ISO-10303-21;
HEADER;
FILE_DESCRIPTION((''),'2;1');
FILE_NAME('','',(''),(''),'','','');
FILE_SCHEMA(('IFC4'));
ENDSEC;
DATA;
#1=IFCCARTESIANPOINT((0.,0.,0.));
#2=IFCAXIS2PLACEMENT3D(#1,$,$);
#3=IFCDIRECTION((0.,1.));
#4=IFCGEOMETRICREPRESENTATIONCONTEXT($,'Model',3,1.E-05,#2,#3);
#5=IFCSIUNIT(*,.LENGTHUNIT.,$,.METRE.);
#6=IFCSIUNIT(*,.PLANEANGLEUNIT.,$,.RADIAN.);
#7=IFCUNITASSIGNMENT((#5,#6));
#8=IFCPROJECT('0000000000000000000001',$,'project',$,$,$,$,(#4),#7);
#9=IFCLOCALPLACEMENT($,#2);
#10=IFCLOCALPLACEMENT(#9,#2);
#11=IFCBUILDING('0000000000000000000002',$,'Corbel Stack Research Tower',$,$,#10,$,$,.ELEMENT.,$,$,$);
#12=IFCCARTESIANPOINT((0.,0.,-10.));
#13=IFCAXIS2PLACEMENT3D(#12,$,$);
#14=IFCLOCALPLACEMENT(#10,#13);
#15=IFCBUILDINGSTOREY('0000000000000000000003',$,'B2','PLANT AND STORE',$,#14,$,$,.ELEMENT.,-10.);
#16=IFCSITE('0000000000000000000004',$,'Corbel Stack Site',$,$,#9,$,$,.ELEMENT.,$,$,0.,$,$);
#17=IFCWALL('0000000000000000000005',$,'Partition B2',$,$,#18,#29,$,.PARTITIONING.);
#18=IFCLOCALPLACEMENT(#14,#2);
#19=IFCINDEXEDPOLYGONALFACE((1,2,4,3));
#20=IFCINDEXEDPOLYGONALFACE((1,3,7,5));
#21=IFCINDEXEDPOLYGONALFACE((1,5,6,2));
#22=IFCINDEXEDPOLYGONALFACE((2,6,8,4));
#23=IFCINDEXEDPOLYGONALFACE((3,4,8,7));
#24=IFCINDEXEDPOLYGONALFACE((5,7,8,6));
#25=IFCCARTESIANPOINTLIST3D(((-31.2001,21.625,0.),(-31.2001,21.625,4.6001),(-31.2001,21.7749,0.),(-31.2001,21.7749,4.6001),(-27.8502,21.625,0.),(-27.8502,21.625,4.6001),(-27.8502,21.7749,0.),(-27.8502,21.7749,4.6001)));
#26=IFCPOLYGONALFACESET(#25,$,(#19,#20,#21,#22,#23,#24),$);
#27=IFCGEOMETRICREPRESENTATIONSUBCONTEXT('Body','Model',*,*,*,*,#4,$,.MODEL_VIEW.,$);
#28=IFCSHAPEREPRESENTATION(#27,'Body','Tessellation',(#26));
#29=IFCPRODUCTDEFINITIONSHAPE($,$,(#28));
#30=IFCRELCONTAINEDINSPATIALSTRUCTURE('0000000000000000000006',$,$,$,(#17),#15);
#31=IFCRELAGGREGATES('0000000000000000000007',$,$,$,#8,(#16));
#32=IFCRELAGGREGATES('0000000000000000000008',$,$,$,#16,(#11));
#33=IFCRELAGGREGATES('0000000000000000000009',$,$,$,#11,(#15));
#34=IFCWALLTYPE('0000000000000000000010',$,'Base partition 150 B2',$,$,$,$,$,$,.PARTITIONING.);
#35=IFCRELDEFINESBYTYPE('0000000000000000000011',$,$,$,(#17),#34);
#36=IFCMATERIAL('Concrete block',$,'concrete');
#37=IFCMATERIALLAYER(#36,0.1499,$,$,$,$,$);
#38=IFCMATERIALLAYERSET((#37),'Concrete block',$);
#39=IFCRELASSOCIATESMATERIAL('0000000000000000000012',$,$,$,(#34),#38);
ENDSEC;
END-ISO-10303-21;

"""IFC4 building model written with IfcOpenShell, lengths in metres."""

from ifc_helpers import new_model, si_unit, direction, frame, frame_2d, origin, place, context, subcontext, project, spatial, rectangle, extrude, material, layer, layer_set, type_object, element, save


model = new_model("IFC4")

# Units and contexts
model_context = context("Model", 3, precision=1e-05, world=origin(), true_north=direction((0.0, 1.0)))
body_context = subcontext(model_context, "Body", "Model", "MODEL_VIEW")
ifc_project = project(units=[si_unit("LENGTHUNIT", "METRE"), si_unit("PLANEANGLEUNIT", "RADIAN")], contexts=[model_context])

# Site, building, storey
site_placement = place(None, origin())
site = spatial("IfcSite", under=ifc_project, at=site_placement, Name="Corbel Stack Site", CompositionType="ELEMENT", RefElevation=0.0)
building_placement = place(site_placement, origin())
building = spatial("IfcBuilding", under=site, at=building_placement, Name="Corbel Stack Research Tower", CompositionType="ELEMENT")
storey_placement = place(building_placement, frame((0.0, 0.0, -10.0)))
storey = spatial("IfcBuildingStorey", under=building, at=storey_placement, Name="B2", Description="PLANT AND STORE", CompositionType="ELEMENT", Elevation=-10.0)

# Wall
ifc_material_1 = material(Name="Concrete block", Category="concrete")
ifc_layer_1 = layer(ifc_material_1, 0.1499)
ifc_layer_set_1 = layer_set([ifc_layer_1], Name="Concrete block")
wall_type_1 = type_object("IfcWallType", Name="Base partition 150 B2", PredefinedType="PARTITIONING", material=ifc_layer_set_1)
wall_1_placement = place(storey_placement, frame((-31.2, 21.7, 0.0), z_axis=(0.0, 0.0, 1.0), x_axis=(1.0, 0.0, 0.0)))
element("IfcWall", 1, at=wall_1_placement, inside=storey, type_object=wall_type_1, Name="Partition B2", PredefinedType="PARTITIONING", context=body_context, shape_type="SweptSolid", body=[
    extrude(rectangle(XDim=3.3499, YDim=0.1499, at=frame_2d((1.6748, 0.0))), origin(), (0.0, 0.0, 1.0), 4.6001),
])

save(model, "model.ifc")
